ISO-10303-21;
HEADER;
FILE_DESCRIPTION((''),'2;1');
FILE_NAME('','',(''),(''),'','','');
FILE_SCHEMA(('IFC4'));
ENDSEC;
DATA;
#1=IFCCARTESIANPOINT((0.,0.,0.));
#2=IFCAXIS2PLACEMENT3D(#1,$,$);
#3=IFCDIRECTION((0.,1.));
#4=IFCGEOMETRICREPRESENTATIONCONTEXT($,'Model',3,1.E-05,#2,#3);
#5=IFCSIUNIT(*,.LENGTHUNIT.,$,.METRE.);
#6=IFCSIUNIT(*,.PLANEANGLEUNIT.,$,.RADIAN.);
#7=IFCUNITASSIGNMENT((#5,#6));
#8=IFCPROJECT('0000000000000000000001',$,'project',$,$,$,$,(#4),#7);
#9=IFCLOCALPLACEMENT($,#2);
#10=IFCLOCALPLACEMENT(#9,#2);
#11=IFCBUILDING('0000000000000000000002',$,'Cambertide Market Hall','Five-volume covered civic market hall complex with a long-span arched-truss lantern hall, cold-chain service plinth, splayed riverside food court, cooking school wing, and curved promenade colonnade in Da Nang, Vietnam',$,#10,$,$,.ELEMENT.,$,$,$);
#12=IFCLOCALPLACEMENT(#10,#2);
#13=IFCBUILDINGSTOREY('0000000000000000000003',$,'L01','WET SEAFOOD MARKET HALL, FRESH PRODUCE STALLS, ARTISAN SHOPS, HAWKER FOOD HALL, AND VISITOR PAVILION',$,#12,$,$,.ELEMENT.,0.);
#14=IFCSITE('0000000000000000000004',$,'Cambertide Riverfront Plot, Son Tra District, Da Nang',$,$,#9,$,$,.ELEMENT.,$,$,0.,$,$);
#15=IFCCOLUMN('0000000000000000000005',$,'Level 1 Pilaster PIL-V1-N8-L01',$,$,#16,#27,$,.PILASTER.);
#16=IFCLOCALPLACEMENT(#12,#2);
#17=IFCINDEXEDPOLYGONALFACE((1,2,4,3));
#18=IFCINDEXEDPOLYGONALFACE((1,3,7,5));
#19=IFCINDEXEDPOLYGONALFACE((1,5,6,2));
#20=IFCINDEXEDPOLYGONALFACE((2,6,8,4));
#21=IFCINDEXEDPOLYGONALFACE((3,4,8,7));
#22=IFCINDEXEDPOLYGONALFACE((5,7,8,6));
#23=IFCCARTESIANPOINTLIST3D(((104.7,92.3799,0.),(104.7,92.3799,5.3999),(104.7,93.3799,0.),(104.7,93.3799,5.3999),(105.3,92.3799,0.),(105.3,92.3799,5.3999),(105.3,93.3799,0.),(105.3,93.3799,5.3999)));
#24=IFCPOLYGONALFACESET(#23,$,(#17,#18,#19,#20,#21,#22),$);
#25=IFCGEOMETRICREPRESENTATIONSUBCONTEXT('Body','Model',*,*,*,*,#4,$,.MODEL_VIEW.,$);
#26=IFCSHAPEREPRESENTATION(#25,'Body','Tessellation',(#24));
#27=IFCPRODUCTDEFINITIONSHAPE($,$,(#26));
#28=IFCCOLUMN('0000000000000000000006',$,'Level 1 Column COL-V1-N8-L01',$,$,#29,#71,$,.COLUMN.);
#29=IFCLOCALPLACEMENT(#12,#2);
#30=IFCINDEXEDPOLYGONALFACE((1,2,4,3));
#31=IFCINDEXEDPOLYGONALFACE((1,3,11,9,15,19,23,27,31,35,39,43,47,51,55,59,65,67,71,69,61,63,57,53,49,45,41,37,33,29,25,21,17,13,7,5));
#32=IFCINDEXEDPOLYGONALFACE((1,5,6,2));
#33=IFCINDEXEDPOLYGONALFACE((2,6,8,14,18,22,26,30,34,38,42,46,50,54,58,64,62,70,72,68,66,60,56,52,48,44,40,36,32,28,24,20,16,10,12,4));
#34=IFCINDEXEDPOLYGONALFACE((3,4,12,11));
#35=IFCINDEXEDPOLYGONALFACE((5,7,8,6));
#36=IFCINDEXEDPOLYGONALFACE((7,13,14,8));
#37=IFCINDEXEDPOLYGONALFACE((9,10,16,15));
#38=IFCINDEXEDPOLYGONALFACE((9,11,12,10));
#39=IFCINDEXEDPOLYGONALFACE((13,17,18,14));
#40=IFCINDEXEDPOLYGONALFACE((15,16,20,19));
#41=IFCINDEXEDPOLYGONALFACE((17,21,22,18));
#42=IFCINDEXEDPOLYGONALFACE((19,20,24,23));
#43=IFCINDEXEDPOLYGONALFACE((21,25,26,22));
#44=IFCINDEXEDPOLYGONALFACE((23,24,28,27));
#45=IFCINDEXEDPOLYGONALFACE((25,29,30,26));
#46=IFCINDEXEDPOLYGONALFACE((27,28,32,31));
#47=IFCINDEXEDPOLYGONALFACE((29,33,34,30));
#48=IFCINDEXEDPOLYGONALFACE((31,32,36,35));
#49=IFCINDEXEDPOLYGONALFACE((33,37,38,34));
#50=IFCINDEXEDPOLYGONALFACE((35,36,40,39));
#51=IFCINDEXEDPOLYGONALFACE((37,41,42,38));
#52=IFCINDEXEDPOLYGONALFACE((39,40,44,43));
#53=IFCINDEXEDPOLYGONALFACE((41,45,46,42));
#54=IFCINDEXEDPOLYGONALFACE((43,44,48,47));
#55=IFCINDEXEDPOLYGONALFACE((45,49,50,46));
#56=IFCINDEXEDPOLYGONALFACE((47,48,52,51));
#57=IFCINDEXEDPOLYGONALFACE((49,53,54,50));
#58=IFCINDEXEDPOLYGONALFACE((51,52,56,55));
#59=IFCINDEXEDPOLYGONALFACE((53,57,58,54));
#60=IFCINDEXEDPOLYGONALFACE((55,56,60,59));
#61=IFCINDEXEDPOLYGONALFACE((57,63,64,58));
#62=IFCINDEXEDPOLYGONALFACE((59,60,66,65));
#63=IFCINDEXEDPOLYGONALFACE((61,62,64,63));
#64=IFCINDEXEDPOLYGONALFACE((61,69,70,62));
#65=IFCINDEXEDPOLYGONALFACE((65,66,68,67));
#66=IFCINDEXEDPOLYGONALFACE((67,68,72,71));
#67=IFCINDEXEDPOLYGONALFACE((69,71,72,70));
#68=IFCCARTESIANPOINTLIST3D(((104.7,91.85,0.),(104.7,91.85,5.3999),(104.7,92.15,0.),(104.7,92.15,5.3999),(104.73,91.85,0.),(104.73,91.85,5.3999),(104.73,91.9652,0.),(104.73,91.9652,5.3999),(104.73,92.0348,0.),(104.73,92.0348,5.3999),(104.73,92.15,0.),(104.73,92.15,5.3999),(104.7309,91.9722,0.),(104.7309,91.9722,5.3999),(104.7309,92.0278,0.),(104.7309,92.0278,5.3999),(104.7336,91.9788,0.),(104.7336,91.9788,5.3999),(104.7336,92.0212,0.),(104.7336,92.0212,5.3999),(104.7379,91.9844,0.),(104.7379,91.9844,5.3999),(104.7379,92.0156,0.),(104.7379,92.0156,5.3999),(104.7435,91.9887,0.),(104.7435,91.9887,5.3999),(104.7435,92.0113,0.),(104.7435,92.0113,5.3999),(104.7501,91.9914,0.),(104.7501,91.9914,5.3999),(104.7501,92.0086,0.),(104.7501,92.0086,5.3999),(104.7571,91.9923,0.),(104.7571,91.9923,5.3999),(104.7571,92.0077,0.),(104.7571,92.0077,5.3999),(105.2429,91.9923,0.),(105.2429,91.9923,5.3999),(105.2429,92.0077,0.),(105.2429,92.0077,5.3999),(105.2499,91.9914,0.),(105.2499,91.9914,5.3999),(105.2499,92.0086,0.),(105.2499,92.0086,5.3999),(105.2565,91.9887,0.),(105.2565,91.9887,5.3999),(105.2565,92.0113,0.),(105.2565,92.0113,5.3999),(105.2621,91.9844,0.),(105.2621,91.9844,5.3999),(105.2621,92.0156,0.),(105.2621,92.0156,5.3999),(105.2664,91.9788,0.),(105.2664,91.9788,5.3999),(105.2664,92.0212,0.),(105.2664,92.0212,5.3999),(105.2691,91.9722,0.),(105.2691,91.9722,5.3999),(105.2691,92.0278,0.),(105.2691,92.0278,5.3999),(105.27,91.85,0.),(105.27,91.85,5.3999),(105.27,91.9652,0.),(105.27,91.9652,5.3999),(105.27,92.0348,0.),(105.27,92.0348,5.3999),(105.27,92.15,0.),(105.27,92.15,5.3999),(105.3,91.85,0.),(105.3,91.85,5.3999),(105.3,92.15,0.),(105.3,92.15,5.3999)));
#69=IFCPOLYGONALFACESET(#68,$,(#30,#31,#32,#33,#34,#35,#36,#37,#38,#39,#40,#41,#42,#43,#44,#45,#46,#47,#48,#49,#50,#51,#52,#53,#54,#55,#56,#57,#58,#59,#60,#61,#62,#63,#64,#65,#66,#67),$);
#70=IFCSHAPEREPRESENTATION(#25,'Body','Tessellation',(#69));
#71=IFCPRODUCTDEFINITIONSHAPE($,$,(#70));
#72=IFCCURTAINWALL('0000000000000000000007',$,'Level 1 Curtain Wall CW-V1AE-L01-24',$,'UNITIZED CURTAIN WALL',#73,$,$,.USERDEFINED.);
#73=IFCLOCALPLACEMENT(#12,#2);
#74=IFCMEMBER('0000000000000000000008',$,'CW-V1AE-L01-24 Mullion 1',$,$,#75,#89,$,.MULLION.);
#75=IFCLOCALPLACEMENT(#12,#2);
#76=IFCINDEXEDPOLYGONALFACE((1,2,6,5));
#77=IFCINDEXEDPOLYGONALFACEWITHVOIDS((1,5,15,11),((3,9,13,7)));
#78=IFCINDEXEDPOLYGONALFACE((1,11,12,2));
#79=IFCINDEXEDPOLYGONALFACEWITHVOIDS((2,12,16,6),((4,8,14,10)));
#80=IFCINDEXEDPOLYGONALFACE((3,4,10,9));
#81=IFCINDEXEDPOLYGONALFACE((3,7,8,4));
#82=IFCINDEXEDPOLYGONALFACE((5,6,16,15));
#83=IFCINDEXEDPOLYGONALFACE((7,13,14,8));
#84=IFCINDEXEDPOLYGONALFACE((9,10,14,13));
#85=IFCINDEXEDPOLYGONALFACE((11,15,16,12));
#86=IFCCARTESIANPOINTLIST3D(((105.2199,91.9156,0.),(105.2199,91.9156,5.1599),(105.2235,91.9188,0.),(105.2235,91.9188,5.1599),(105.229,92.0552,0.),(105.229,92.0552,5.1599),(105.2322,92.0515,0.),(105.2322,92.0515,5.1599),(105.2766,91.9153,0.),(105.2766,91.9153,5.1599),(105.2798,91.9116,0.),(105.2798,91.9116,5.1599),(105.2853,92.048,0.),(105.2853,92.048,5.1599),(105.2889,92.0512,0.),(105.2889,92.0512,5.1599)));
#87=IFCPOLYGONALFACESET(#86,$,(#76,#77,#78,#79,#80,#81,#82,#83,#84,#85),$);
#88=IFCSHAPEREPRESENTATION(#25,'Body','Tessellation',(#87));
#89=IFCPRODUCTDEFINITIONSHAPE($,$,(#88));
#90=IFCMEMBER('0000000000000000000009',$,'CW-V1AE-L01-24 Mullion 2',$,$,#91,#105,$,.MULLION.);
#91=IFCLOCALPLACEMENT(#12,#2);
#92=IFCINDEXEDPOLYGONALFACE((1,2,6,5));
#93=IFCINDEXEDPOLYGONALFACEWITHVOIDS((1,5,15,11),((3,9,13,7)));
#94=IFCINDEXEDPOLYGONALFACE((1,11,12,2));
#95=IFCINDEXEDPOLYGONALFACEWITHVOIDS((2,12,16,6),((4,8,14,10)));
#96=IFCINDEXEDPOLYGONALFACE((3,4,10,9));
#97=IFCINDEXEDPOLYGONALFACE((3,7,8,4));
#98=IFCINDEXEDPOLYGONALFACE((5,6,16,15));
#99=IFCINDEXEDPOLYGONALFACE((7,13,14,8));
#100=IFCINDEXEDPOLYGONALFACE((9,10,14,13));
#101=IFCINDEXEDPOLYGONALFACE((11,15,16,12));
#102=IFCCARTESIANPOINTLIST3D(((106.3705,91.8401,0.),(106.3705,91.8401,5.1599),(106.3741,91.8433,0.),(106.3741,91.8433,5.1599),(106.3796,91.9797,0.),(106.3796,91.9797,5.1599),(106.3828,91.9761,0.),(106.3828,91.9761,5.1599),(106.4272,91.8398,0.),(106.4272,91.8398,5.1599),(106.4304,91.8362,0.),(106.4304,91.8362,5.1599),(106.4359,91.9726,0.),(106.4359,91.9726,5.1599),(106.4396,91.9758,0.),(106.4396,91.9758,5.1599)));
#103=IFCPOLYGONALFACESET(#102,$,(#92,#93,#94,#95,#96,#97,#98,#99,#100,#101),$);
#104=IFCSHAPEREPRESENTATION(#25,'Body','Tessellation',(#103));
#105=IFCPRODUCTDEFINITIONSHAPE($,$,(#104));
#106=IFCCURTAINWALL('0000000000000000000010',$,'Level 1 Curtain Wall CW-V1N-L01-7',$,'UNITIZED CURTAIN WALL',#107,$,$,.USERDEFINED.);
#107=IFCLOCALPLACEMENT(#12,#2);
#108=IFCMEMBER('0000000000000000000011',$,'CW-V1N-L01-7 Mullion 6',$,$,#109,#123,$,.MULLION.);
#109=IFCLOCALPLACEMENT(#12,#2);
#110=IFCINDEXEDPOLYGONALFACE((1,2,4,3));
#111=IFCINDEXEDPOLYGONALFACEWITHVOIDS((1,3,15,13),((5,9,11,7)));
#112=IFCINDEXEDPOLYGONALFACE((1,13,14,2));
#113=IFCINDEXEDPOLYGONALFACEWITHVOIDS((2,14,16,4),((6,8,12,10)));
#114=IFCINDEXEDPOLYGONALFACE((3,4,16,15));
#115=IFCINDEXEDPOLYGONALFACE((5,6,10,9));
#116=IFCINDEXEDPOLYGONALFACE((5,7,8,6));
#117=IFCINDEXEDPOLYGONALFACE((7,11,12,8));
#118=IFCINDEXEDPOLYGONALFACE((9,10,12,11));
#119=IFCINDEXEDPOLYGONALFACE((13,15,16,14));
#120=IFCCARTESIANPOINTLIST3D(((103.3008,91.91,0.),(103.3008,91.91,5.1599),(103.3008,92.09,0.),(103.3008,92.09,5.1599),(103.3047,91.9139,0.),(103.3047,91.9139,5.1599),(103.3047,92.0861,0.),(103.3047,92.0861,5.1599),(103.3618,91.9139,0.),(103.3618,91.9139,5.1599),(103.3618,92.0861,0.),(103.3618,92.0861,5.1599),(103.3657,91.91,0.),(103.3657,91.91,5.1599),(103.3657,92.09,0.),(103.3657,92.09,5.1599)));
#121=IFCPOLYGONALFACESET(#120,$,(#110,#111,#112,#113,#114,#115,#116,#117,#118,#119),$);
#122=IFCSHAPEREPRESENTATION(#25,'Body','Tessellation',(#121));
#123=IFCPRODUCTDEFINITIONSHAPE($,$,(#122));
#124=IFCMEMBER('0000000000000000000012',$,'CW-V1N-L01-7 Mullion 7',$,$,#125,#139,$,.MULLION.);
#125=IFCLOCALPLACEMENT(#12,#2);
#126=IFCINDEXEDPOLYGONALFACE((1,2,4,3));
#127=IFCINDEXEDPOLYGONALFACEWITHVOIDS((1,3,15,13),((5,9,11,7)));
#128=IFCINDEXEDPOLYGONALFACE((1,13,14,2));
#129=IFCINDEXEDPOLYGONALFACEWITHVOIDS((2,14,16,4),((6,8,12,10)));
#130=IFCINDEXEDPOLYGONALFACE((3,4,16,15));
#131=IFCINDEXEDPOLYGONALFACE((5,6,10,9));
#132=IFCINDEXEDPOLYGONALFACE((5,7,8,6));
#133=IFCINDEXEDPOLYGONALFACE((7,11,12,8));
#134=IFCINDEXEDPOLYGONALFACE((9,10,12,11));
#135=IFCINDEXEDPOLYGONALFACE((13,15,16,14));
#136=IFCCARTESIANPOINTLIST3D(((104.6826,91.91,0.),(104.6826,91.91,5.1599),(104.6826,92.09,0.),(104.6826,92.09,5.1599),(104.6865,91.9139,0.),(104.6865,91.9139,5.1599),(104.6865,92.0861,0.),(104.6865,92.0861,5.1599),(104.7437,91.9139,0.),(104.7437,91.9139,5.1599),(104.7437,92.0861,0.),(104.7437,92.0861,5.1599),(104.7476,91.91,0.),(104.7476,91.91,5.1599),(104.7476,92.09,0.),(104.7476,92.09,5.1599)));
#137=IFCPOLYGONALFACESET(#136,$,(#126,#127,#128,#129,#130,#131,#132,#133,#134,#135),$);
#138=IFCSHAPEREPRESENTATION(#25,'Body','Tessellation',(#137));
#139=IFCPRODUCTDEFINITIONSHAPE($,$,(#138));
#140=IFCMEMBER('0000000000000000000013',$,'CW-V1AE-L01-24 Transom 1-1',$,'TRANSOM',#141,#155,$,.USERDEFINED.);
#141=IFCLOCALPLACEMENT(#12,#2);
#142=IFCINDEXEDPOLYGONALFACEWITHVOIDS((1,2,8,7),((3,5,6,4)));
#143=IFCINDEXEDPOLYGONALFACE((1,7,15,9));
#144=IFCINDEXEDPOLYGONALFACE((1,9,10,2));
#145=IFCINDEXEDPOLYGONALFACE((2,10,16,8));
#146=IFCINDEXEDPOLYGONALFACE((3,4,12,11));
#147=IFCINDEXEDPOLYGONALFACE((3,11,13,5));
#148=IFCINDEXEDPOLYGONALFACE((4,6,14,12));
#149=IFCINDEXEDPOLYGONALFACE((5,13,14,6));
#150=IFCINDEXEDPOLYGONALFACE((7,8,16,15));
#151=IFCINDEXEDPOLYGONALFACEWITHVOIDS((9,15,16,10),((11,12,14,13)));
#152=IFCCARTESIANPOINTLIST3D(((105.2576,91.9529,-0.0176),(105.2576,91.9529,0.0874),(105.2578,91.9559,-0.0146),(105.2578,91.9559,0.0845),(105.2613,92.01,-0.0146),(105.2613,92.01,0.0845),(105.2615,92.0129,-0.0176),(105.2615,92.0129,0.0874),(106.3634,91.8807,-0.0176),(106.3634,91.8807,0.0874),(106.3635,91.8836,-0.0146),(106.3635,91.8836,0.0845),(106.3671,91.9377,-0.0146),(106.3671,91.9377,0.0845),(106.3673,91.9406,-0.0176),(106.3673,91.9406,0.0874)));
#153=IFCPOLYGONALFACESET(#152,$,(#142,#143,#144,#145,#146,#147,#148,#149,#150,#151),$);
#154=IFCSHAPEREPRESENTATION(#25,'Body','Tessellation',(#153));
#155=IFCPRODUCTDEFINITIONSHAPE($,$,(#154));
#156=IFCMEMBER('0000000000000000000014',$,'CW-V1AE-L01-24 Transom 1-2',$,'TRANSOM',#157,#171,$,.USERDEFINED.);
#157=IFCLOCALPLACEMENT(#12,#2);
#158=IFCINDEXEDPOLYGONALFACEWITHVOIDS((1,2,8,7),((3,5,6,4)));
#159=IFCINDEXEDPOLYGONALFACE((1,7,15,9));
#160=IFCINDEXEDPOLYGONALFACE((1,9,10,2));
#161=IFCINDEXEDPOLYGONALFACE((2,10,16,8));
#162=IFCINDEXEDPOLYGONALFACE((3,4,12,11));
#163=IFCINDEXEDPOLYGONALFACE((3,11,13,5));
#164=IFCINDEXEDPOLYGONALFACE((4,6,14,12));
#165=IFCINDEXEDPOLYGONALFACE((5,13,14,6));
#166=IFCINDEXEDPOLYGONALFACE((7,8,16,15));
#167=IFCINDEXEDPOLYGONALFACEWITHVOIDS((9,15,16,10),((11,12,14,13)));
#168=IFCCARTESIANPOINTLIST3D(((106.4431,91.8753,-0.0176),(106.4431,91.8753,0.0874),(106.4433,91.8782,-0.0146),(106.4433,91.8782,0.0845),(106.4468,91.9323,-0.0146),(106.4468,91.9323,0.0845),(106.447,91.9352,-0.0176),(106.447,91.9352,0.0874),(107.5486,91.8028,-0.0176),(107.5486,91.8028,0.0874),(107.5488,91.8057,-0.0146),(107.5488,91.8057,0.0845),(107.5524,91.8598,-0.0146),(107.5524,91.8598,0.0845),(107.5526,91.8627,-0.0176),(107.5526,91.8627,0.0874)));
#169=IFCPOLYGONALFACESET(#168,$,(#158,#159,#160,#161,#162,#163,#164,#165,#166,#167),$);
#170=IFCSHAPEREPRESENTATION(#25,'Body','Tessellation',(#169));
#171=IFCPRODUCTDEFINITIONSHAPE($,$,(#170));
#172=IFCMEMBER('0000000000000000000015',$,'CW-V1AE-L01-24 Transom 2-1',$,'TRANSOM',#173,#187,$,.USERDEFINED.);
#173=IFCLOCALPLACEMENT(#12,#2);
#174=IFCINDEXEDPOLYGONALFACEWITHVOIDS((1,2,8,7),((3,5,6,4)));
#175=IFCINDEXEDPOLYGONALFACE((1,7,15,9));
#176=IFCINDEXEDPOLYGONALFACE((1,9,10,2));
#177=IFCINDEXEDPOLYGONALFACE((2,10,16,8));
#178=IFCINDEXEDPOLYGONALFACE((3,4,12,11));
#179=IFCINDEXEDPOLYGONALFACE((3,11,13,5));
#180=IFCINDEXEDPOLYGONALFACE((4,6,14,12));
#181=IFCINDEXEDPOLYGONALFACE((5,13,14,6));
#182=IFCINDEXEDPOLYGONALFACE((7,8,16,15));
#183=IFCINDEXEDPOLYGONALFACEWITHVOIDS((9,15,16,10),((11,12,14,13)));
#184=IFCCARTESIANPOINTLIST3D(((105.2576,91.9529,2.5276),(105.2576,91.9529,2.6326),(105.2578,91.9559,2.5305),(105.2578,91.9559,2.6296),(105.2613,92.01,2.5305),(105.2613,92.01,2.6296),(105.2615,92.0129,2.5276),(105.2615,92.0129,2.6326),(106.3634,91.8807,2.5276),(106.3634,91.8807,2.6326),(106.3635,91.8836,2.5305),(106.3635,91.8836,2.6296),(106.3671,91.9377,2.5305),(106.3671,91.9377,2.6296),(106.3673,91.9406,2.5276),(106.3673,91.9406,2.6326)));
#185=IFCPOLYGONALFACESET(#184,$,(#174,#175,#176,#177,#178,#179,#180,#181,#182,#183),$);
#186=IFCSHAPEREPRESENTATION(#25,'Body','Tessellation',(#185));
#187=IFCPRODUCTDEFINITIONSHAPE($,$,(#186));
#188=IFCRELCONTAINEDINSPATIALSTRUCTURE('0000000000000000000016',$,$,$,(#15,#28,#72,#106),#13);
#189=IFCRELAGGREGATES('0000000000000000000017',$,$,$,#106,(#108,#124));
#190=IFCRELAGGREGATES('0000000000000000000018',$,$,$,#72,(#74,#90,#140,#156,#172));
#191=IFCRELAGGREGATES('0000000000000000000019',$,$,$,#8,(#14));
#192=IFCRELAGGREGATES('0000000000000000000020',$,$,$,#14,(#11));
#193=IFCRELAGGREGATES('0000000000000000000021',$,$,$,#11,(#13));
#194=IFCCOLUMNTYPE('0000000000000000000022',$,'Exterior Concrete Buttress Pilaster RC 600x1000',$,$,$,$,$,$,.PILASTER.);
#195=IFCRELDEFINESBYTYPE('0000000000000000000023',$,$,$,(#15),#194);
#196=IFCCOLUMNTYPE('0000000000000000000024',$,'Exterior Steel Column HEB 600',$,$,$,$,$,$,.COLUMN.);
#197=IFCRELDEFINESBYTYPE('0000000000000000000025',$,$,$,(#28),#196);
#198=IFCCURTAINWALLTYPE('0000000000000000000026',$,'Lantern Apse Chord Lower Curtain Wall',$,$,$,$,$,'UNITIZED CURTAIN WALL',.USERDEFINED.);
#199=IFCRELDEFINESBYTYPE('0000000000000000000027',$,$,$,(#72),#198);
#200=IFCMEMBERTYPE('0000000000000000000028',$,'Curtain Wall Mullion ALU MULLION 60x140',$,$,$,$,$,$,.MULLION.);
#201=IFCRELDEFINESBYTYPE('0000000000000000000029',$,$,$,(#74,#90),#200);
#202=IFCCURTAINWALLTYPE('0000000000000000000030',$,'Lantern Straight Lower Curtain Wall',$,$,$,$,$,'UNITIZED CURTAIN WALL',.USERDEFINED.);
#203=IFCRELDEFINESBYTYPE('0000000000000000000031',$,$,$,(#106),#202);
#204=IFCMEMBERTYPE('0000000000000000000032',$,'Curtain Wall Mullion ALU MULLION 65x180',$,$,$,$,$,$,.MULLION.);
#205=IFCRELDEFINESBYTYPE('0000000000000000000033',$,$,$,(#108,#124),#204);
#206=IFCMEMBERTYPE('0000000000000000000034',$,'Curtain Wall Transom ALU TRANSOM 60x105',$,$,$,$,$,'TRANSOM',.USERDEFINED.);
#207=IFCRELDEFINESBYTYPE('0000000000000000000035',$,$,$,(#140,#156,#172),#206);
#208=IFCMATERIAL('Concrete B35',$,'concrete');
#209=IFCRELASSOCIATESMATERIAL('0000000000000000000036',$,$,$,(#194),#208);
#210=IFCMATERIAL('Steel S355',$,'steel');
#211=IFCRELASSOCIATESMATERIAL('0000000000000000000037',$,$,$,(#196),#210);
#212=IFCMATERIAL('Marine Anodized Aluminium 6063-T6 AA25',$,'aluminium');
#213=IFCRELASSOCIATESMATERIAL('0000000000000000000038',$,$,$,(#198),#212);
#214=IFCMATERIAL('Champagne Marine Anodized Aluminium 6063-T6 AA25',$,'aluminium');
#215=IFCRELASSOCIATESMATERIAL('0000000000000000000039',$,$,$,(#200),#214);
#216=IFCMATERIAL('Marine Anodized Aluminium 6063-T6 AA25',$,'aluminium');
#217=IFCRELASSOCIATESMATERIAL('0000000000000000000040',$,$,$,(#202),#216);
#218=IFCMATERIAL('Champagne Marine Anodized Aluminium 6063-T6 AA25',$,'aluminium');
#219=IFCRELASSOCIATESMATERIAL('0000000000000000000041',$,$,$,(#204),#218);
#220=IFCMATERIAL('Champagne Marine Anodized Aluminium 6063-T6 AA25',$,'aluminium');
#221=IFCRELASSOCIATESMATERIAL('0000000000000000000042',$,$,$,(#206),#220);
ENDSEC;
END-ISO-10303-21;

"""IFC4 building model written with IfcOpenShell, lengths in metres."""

from ifc_helpers import new_model, si_unit, direction, frame, origin, origin_2d, place, context, subcontext, project, spatial, rectangle, hollow_rectangle, i_section, extrude, material, material_profile, profile_set, type_object, element, aggregate, save


model = new_model("IFC4")

# Units and contexts
model_context = context("Model", 3, precision=1e-05, world=origin(), true_north=direction((0.0, 1.0)))
body_context = subcontext(model_context, "Body", "Model", "MODEL_VIEW")
ifc_project = project(units=[si_unit("LENGTHUNIT", "METRE"), si_unit("PLANEANGLEUNIT", "RADIAN")], contexts=[model_context])

# Site, building, storey
site_placement = place(None, origin())
site = spatial("IfcSite", under=ifc_project, at=site_placement, Name="Cambertide Riverfront Plot, Son Tra District, Da Nang", CompositionType="ELEMENT", RefElevation=0.0)
building_placement = place(site_placement, origin())
building = spatial("IfcBuilding", under=site, at=building_placement, Name="Cambertide Market Hall", Description="Five-volume covered civic market hall complex with a long-span arched-truss lantern hall, cold-chain service plinth, splayed riverside food court, cooking school wing, and curved promenade colonnade in Da Nang, Vietnam", CompositionType="ELEMENT")
storey_placement = place(building_placement, origin())
storey = spatial("IfcBuildingStorey", under=building, at=storey_placement, Name="L01", Description="WET SEAFOOD MARKET HALL, FRESH PRODUCE STALLS, ARTISAN SHOPS, HAWKER FOOD HALL, AND VISITOR PAVILION", CompositionType="ELEMENT", Elevation=0.0)

# Columns
ifc_material_1 = material(Name="Concrete B35", Category="concrete")
ifc_material_profile_1 = material_profile(ifc_material_1, rectangle(XDim=0.6001, YDim=1.0, at=origin_2d()), Name="RC 600x1000")
ifc_profile_set_1 = profile_set([ifc_material_profile_1], Name="Concrete B35")
column_type_1 = type_object("IfcColumnType", Name="Exterior Concrete Buttress Pilaster RC 600x1000", PredefinedType="PILASTER", material=ifc_profile_set_1)
column_1_placement = place(storey_placement, frame((105.0, 92.8799, 0.0), z_axis=(0.0, 0.0, 1.0), x_axis=(1.0, 0.0, 0.0)))
element("IfcColumn", 1, at=column_1_placement, inside=storey, type_object=column_type_1, Name="Level 1 Pilaster PIL-V1-N8-L01", PredefinedType="PILASTER", context=body_context, shape_type="SweptSolid", body=[
    extrude(rectangle(XDim=0.6001, YDim=1.0, at=origin_2d()), origin(), (0.0, 0.0, 1.0), 5.3999),
])
ifc_material_2 = material(Name="Steel S355", Category="steel")
ifc_material_profile_2 = material_profile(ifc_material_2, i_section(OverallWidth=0.3, OverallDepth=0.6001, WebThickness=0.0154, FlangeThickness=0.03, FilletRadius=0.0271, at=origin_2d()), Name="HEB 600")
ifc_profile_set_2 = profile_set([ifc_material_profile_2], Name="Steel S355")
column_type_2 = type_object("IfcColumnType", Name="Exterior Steel Column HEB 600", PredefinedType="COLUMN", material=ifc_profile_set_2)
column_2_placement = place(storey_placement, frame((105.0, 92.0, 0.0), z_axis=(0.0, 0.0, 1.0), x_axis=(0.0, 1.0, 0.0)))
element("IfcColumn", 2, at=column_2_placement, inside=storey, type_object=column_type_2, Name="Level 1 Column COL-V1-N8-L01", PredefinedType="COLUMN", context=body_context, shape_type="SweptSolid", body=[
    extrude(i_section(OverallWidth=0.3, OverallDepth=0.6001, WebThickness=0.0154, FlangeThickness=0.03, FilletRadius=0.0271, at=origin_2d()), origin(), (0.0, 0.0, 1.0), 5.3999),
])

# Curtain walls, members
ifc_material_3 = material(Name="Marine Anodized Aluminium 6063-T6 AA25", Category="aluminium")
curtain_wall_type_1 = type_object("IfcCurtainWallType", Name="Lantern Apse Chord Lower Curtain Wall", ElementType="UNITIZED CURTAIN WALL", PredefinedType="USERDEFINED", material=ifc_material_3)
curtain_wall_1_placement = place(storey_placement, origin())
curtain_wall_1 = element("IfcCurtainWall", 3, at=curtain_wall_1_placement, inside=storey, type_object=curtain_wall_type_1, Name="Level 1 Curtain Wall CW-V1AE-L01-24", ObjectType="UNITIZED CURTAIN WALL", PredefinedType="USERDEFINED")
ifc_material_4 = material(Name="Champagne Marine Anodized Aluminium 6063-T6 AA25", Category="aluminium")
ifc_material_profile_3 = material_profile(ifc_material_4, hollow_rectangle(XDim=0.0601, YDim=0.1399, WallThickness=0.0034, at=origin_2d()), Name="ALU MULLION 60x140")
ifc_profile_set_3 = profile_set([ifc_material_profile_3], Name="Champagne Marine Anodized Aluminium 6063-T6 AA25")
member_type_1 = type_object("IfcMemberType", Name="Curtain Wall Mullion ALU MULLION 60x140", PredefinedType="MULLION", material=ifc_profile_set_3)
member_1_placement = place(storey_placement, frame((105.2544, 91.9834, 0.0), z_axis=(0.0, 0.0, 1.0), x_axis=(0.997859, -0.065403, 0.0)))
member_1 = element("IfcMember", 4, at=member_1_placement, type_object=member_type_1, Name="CW-V1AE-L01-24 Mullion 1", PredefinedType="MULLION", context=body_context, shape_type="SweptSolid", body=[
    extrude(hollow_rectangle(XDim=0.0601, YDim=0.1399, WallThickness=0.0034, at=origin_2d()), origin(), (0.0, 0.0, 1.0), 5.1599),
])
member_2_placement = place(storey_placement, frame((106.405, 91.908, 0.0), z_axis=(0.0, 0.0, 1.0), x_axis=(0.997859, -0.065403, 0.0)))
member_2 = element("IfcMember", 5, at=member_2_placement, type_object=member_type_1, Name="CW-V1AE-L01-24 Mullion 2", PredefinedType="MULLION", context=body_context, shape_type="SweptSolid", body=[
    extrude(hollow_rectangle(XDim=0.0601, YDim=0.1399, WallThickness=0.0034, at=origin_2d()), origin(), (0.0, 0.0, 1.0), 5.1599),
])
ifc_material_5 = material(Name="Marine Anodized Aluminium 6063-T6 AA25", Category="aluminium")
curtain_wall_type_2 = type_object("IfcCurtainWallType", Name="Lantern Straight Lower Curtain Wall", ElementType="UNITIZED CURTAIN WALL", PredefinedType="USERDEFINED", material=ifc_material_5)
curtain_wall_2_placement = place(storey_placement, origin())
curtain_wall_2 = element("IfcCurtainWall", 6, at=curtain_wall_2_placement, inside=storey, type_object=curtain_wall_type_2, Name="Level 1 Curtain Wall CW-V1N-L01-7", ObjectType="UNITIZED CURTAIN WALL", PredefinedType="USERDEFINED")
ifc_material_6 = material(Name="Champagne Marine Anodized Aluminium 6063-T6 AA25", Category="aluminium")
ifc_material_profile_4 = material_profile(ifc_material_6, hollow_rectangle(XDim=0.0649, YDim=0.1799, WallThickness=0.0039, at=origin_2d()), Name="ALU MULLION 65x180")
ifc_profile_set_4 = profile_set([ifc_material_profile_4], Name="Champagne Marine Anodized Aluminium 6063-T6 AA25")
member_type_2 = type_object("IfcMemberType", Name="Curtain Wall Mullion ALU MULLION 65x180", PredefinedType="MULLION", material=ifc_profile_set_4)
member_3_placement = place(storey_placement, frame((103.3333, 92.0, 0.0), z_axis=(0.0, 0.0, 1.0), x_axis=(1.0, 0.0, 0.0)))
member_3 = element("IfcMember", 7, at=member_3_placement, type_object=member_type_2, Name="CW-V1N-L01-7 Mullion 6", PredefinedType="MULLION", context=body_context, shape_type="SweptSolid", body=[
    extrude(hollow_rectangle(XDim=0.0649, YDim=0.1799, WallThickness=0.0039, at=origin_2d()), origin(), (0.0, 0.0, 1.0), 5.1599),
])
member_4_placement = place(storey_placement, frame((104.7151, 92.0, 0.0), z_axis=(0.0, 0.0, 1.0), x_axis=(1.0, 0.0, 0.0)))
member_4 = element("IfcMember", 8, at=member_4_placement, type_object=member_type_2, Name="CW-V1N-L01-7 Mullion 7", PredefinedType="MULLION", context=body_context, shape_type="SweptSolid", body=[
    extrude(hollow_rectangle(XDim=0.0649, YDim=0.1799, WallThickness=0.0039, at=origin_2d()), origin(), (0.0, 0.0, 1.0), 5.1599),
])

# Members
ifc_material_7 = material(Name="Champagne Marine Anodized Aluminium 6063-T6 AA25", Category="aluminium")
ifc_material_profile_5 = material_profile(ifc_material_7, hollow_rectangle(XDim=0.0601, YDim=0.105, WallThickness=0.0029, at=origin_2d()), Name="ALU TRANSOM 60x105")
ifc_profile_set_5 = profile_set([ifc_material_profile_5], Name="Champagne Marine Anodized Aluminium 6063-T6 AA25")
member_type_3 = type_object("IfcMemberType", Name="Curtain Wall Transom ALU TRANSOM 60x105", ElementType="TRANSOM", PredefinedType="USERDEFINED", material=ifc_profile_set_5)
member_5_placement = place(storey_placement, frame((105.2595, 91.9829, 0.0349), z_axis=(0.997871, -0.065217, 0.0), x_axis=(0.065217, 0.997871, 0.0)))
member_5 = element("IfcMember", 9, at=member_5_placement, type_object=member_type_3, Name="CW-V1AE-L01-24 Transom 1-1", ObjectType="TRANSOM", PredefinedType="USERDEFINED", context=body_context, shape_type="SweptSolid", body=[
    extrude(hollow_rectangle(XDim=0.0601, YDim=0.105, WallThickness=0.0029, at=origin_2d()), origin(), (0.0, 0.0, 1.0), 1.1082),
])
member_6_placement = place(storey_placement, frame((106.4451, 91.9053, 0.0349), z_axis=(0.997856, -0.065451, 0.0), x_axis=(0.065451, 0.997856, 0.0)))
member_6 = element("IfcMember", 10, at=member_6_placement, type_object=member_type_3, Name="CW-V1AE-L01-24 Transom 1-2", ObjectType="TRANSOM", PredefinedType="USERDEFINED", context=body_context, shape_type="SweptSolid", body=[
    extrude(hollow_rectangle(XDim=0.0601, YDim=0.105, WallThickness=0.0029, at=origin_2d()), origin(), (0.0, 0.0, 1.0), 1.1079),
])
member_7_placement = place(storey_placement, frame((105.2595, 91.9829, 2.5801), z_axis=(0.997871, -0.065217, 0.0), x_axis=(0.065217, 0.997871, 0.0)))
member_7 = element("IfcMember", 11, at=member_7_placement, type_object=member_type_3, Name="CW-V1AE-L01-24 Transom 2-1", ObjectType="TRANSOM", PredefinedType="USERDEFINED", context=body_context, shape_type="SweptSolid", body=[
    extrude(hollow_rectangle(XDim=0.0601, YDim=0.105, WallThickness=0.0029, at=origin_2d()), origin(), (0.0, 0.0, 1.0), 1.1082),
])

aggregate(curtain_wall_2, [member_3, member_4])
aggregate(curtain_wall_1, [member_1, member_2, member_5, member_6, member_7])

save(model, "model.ifc")
